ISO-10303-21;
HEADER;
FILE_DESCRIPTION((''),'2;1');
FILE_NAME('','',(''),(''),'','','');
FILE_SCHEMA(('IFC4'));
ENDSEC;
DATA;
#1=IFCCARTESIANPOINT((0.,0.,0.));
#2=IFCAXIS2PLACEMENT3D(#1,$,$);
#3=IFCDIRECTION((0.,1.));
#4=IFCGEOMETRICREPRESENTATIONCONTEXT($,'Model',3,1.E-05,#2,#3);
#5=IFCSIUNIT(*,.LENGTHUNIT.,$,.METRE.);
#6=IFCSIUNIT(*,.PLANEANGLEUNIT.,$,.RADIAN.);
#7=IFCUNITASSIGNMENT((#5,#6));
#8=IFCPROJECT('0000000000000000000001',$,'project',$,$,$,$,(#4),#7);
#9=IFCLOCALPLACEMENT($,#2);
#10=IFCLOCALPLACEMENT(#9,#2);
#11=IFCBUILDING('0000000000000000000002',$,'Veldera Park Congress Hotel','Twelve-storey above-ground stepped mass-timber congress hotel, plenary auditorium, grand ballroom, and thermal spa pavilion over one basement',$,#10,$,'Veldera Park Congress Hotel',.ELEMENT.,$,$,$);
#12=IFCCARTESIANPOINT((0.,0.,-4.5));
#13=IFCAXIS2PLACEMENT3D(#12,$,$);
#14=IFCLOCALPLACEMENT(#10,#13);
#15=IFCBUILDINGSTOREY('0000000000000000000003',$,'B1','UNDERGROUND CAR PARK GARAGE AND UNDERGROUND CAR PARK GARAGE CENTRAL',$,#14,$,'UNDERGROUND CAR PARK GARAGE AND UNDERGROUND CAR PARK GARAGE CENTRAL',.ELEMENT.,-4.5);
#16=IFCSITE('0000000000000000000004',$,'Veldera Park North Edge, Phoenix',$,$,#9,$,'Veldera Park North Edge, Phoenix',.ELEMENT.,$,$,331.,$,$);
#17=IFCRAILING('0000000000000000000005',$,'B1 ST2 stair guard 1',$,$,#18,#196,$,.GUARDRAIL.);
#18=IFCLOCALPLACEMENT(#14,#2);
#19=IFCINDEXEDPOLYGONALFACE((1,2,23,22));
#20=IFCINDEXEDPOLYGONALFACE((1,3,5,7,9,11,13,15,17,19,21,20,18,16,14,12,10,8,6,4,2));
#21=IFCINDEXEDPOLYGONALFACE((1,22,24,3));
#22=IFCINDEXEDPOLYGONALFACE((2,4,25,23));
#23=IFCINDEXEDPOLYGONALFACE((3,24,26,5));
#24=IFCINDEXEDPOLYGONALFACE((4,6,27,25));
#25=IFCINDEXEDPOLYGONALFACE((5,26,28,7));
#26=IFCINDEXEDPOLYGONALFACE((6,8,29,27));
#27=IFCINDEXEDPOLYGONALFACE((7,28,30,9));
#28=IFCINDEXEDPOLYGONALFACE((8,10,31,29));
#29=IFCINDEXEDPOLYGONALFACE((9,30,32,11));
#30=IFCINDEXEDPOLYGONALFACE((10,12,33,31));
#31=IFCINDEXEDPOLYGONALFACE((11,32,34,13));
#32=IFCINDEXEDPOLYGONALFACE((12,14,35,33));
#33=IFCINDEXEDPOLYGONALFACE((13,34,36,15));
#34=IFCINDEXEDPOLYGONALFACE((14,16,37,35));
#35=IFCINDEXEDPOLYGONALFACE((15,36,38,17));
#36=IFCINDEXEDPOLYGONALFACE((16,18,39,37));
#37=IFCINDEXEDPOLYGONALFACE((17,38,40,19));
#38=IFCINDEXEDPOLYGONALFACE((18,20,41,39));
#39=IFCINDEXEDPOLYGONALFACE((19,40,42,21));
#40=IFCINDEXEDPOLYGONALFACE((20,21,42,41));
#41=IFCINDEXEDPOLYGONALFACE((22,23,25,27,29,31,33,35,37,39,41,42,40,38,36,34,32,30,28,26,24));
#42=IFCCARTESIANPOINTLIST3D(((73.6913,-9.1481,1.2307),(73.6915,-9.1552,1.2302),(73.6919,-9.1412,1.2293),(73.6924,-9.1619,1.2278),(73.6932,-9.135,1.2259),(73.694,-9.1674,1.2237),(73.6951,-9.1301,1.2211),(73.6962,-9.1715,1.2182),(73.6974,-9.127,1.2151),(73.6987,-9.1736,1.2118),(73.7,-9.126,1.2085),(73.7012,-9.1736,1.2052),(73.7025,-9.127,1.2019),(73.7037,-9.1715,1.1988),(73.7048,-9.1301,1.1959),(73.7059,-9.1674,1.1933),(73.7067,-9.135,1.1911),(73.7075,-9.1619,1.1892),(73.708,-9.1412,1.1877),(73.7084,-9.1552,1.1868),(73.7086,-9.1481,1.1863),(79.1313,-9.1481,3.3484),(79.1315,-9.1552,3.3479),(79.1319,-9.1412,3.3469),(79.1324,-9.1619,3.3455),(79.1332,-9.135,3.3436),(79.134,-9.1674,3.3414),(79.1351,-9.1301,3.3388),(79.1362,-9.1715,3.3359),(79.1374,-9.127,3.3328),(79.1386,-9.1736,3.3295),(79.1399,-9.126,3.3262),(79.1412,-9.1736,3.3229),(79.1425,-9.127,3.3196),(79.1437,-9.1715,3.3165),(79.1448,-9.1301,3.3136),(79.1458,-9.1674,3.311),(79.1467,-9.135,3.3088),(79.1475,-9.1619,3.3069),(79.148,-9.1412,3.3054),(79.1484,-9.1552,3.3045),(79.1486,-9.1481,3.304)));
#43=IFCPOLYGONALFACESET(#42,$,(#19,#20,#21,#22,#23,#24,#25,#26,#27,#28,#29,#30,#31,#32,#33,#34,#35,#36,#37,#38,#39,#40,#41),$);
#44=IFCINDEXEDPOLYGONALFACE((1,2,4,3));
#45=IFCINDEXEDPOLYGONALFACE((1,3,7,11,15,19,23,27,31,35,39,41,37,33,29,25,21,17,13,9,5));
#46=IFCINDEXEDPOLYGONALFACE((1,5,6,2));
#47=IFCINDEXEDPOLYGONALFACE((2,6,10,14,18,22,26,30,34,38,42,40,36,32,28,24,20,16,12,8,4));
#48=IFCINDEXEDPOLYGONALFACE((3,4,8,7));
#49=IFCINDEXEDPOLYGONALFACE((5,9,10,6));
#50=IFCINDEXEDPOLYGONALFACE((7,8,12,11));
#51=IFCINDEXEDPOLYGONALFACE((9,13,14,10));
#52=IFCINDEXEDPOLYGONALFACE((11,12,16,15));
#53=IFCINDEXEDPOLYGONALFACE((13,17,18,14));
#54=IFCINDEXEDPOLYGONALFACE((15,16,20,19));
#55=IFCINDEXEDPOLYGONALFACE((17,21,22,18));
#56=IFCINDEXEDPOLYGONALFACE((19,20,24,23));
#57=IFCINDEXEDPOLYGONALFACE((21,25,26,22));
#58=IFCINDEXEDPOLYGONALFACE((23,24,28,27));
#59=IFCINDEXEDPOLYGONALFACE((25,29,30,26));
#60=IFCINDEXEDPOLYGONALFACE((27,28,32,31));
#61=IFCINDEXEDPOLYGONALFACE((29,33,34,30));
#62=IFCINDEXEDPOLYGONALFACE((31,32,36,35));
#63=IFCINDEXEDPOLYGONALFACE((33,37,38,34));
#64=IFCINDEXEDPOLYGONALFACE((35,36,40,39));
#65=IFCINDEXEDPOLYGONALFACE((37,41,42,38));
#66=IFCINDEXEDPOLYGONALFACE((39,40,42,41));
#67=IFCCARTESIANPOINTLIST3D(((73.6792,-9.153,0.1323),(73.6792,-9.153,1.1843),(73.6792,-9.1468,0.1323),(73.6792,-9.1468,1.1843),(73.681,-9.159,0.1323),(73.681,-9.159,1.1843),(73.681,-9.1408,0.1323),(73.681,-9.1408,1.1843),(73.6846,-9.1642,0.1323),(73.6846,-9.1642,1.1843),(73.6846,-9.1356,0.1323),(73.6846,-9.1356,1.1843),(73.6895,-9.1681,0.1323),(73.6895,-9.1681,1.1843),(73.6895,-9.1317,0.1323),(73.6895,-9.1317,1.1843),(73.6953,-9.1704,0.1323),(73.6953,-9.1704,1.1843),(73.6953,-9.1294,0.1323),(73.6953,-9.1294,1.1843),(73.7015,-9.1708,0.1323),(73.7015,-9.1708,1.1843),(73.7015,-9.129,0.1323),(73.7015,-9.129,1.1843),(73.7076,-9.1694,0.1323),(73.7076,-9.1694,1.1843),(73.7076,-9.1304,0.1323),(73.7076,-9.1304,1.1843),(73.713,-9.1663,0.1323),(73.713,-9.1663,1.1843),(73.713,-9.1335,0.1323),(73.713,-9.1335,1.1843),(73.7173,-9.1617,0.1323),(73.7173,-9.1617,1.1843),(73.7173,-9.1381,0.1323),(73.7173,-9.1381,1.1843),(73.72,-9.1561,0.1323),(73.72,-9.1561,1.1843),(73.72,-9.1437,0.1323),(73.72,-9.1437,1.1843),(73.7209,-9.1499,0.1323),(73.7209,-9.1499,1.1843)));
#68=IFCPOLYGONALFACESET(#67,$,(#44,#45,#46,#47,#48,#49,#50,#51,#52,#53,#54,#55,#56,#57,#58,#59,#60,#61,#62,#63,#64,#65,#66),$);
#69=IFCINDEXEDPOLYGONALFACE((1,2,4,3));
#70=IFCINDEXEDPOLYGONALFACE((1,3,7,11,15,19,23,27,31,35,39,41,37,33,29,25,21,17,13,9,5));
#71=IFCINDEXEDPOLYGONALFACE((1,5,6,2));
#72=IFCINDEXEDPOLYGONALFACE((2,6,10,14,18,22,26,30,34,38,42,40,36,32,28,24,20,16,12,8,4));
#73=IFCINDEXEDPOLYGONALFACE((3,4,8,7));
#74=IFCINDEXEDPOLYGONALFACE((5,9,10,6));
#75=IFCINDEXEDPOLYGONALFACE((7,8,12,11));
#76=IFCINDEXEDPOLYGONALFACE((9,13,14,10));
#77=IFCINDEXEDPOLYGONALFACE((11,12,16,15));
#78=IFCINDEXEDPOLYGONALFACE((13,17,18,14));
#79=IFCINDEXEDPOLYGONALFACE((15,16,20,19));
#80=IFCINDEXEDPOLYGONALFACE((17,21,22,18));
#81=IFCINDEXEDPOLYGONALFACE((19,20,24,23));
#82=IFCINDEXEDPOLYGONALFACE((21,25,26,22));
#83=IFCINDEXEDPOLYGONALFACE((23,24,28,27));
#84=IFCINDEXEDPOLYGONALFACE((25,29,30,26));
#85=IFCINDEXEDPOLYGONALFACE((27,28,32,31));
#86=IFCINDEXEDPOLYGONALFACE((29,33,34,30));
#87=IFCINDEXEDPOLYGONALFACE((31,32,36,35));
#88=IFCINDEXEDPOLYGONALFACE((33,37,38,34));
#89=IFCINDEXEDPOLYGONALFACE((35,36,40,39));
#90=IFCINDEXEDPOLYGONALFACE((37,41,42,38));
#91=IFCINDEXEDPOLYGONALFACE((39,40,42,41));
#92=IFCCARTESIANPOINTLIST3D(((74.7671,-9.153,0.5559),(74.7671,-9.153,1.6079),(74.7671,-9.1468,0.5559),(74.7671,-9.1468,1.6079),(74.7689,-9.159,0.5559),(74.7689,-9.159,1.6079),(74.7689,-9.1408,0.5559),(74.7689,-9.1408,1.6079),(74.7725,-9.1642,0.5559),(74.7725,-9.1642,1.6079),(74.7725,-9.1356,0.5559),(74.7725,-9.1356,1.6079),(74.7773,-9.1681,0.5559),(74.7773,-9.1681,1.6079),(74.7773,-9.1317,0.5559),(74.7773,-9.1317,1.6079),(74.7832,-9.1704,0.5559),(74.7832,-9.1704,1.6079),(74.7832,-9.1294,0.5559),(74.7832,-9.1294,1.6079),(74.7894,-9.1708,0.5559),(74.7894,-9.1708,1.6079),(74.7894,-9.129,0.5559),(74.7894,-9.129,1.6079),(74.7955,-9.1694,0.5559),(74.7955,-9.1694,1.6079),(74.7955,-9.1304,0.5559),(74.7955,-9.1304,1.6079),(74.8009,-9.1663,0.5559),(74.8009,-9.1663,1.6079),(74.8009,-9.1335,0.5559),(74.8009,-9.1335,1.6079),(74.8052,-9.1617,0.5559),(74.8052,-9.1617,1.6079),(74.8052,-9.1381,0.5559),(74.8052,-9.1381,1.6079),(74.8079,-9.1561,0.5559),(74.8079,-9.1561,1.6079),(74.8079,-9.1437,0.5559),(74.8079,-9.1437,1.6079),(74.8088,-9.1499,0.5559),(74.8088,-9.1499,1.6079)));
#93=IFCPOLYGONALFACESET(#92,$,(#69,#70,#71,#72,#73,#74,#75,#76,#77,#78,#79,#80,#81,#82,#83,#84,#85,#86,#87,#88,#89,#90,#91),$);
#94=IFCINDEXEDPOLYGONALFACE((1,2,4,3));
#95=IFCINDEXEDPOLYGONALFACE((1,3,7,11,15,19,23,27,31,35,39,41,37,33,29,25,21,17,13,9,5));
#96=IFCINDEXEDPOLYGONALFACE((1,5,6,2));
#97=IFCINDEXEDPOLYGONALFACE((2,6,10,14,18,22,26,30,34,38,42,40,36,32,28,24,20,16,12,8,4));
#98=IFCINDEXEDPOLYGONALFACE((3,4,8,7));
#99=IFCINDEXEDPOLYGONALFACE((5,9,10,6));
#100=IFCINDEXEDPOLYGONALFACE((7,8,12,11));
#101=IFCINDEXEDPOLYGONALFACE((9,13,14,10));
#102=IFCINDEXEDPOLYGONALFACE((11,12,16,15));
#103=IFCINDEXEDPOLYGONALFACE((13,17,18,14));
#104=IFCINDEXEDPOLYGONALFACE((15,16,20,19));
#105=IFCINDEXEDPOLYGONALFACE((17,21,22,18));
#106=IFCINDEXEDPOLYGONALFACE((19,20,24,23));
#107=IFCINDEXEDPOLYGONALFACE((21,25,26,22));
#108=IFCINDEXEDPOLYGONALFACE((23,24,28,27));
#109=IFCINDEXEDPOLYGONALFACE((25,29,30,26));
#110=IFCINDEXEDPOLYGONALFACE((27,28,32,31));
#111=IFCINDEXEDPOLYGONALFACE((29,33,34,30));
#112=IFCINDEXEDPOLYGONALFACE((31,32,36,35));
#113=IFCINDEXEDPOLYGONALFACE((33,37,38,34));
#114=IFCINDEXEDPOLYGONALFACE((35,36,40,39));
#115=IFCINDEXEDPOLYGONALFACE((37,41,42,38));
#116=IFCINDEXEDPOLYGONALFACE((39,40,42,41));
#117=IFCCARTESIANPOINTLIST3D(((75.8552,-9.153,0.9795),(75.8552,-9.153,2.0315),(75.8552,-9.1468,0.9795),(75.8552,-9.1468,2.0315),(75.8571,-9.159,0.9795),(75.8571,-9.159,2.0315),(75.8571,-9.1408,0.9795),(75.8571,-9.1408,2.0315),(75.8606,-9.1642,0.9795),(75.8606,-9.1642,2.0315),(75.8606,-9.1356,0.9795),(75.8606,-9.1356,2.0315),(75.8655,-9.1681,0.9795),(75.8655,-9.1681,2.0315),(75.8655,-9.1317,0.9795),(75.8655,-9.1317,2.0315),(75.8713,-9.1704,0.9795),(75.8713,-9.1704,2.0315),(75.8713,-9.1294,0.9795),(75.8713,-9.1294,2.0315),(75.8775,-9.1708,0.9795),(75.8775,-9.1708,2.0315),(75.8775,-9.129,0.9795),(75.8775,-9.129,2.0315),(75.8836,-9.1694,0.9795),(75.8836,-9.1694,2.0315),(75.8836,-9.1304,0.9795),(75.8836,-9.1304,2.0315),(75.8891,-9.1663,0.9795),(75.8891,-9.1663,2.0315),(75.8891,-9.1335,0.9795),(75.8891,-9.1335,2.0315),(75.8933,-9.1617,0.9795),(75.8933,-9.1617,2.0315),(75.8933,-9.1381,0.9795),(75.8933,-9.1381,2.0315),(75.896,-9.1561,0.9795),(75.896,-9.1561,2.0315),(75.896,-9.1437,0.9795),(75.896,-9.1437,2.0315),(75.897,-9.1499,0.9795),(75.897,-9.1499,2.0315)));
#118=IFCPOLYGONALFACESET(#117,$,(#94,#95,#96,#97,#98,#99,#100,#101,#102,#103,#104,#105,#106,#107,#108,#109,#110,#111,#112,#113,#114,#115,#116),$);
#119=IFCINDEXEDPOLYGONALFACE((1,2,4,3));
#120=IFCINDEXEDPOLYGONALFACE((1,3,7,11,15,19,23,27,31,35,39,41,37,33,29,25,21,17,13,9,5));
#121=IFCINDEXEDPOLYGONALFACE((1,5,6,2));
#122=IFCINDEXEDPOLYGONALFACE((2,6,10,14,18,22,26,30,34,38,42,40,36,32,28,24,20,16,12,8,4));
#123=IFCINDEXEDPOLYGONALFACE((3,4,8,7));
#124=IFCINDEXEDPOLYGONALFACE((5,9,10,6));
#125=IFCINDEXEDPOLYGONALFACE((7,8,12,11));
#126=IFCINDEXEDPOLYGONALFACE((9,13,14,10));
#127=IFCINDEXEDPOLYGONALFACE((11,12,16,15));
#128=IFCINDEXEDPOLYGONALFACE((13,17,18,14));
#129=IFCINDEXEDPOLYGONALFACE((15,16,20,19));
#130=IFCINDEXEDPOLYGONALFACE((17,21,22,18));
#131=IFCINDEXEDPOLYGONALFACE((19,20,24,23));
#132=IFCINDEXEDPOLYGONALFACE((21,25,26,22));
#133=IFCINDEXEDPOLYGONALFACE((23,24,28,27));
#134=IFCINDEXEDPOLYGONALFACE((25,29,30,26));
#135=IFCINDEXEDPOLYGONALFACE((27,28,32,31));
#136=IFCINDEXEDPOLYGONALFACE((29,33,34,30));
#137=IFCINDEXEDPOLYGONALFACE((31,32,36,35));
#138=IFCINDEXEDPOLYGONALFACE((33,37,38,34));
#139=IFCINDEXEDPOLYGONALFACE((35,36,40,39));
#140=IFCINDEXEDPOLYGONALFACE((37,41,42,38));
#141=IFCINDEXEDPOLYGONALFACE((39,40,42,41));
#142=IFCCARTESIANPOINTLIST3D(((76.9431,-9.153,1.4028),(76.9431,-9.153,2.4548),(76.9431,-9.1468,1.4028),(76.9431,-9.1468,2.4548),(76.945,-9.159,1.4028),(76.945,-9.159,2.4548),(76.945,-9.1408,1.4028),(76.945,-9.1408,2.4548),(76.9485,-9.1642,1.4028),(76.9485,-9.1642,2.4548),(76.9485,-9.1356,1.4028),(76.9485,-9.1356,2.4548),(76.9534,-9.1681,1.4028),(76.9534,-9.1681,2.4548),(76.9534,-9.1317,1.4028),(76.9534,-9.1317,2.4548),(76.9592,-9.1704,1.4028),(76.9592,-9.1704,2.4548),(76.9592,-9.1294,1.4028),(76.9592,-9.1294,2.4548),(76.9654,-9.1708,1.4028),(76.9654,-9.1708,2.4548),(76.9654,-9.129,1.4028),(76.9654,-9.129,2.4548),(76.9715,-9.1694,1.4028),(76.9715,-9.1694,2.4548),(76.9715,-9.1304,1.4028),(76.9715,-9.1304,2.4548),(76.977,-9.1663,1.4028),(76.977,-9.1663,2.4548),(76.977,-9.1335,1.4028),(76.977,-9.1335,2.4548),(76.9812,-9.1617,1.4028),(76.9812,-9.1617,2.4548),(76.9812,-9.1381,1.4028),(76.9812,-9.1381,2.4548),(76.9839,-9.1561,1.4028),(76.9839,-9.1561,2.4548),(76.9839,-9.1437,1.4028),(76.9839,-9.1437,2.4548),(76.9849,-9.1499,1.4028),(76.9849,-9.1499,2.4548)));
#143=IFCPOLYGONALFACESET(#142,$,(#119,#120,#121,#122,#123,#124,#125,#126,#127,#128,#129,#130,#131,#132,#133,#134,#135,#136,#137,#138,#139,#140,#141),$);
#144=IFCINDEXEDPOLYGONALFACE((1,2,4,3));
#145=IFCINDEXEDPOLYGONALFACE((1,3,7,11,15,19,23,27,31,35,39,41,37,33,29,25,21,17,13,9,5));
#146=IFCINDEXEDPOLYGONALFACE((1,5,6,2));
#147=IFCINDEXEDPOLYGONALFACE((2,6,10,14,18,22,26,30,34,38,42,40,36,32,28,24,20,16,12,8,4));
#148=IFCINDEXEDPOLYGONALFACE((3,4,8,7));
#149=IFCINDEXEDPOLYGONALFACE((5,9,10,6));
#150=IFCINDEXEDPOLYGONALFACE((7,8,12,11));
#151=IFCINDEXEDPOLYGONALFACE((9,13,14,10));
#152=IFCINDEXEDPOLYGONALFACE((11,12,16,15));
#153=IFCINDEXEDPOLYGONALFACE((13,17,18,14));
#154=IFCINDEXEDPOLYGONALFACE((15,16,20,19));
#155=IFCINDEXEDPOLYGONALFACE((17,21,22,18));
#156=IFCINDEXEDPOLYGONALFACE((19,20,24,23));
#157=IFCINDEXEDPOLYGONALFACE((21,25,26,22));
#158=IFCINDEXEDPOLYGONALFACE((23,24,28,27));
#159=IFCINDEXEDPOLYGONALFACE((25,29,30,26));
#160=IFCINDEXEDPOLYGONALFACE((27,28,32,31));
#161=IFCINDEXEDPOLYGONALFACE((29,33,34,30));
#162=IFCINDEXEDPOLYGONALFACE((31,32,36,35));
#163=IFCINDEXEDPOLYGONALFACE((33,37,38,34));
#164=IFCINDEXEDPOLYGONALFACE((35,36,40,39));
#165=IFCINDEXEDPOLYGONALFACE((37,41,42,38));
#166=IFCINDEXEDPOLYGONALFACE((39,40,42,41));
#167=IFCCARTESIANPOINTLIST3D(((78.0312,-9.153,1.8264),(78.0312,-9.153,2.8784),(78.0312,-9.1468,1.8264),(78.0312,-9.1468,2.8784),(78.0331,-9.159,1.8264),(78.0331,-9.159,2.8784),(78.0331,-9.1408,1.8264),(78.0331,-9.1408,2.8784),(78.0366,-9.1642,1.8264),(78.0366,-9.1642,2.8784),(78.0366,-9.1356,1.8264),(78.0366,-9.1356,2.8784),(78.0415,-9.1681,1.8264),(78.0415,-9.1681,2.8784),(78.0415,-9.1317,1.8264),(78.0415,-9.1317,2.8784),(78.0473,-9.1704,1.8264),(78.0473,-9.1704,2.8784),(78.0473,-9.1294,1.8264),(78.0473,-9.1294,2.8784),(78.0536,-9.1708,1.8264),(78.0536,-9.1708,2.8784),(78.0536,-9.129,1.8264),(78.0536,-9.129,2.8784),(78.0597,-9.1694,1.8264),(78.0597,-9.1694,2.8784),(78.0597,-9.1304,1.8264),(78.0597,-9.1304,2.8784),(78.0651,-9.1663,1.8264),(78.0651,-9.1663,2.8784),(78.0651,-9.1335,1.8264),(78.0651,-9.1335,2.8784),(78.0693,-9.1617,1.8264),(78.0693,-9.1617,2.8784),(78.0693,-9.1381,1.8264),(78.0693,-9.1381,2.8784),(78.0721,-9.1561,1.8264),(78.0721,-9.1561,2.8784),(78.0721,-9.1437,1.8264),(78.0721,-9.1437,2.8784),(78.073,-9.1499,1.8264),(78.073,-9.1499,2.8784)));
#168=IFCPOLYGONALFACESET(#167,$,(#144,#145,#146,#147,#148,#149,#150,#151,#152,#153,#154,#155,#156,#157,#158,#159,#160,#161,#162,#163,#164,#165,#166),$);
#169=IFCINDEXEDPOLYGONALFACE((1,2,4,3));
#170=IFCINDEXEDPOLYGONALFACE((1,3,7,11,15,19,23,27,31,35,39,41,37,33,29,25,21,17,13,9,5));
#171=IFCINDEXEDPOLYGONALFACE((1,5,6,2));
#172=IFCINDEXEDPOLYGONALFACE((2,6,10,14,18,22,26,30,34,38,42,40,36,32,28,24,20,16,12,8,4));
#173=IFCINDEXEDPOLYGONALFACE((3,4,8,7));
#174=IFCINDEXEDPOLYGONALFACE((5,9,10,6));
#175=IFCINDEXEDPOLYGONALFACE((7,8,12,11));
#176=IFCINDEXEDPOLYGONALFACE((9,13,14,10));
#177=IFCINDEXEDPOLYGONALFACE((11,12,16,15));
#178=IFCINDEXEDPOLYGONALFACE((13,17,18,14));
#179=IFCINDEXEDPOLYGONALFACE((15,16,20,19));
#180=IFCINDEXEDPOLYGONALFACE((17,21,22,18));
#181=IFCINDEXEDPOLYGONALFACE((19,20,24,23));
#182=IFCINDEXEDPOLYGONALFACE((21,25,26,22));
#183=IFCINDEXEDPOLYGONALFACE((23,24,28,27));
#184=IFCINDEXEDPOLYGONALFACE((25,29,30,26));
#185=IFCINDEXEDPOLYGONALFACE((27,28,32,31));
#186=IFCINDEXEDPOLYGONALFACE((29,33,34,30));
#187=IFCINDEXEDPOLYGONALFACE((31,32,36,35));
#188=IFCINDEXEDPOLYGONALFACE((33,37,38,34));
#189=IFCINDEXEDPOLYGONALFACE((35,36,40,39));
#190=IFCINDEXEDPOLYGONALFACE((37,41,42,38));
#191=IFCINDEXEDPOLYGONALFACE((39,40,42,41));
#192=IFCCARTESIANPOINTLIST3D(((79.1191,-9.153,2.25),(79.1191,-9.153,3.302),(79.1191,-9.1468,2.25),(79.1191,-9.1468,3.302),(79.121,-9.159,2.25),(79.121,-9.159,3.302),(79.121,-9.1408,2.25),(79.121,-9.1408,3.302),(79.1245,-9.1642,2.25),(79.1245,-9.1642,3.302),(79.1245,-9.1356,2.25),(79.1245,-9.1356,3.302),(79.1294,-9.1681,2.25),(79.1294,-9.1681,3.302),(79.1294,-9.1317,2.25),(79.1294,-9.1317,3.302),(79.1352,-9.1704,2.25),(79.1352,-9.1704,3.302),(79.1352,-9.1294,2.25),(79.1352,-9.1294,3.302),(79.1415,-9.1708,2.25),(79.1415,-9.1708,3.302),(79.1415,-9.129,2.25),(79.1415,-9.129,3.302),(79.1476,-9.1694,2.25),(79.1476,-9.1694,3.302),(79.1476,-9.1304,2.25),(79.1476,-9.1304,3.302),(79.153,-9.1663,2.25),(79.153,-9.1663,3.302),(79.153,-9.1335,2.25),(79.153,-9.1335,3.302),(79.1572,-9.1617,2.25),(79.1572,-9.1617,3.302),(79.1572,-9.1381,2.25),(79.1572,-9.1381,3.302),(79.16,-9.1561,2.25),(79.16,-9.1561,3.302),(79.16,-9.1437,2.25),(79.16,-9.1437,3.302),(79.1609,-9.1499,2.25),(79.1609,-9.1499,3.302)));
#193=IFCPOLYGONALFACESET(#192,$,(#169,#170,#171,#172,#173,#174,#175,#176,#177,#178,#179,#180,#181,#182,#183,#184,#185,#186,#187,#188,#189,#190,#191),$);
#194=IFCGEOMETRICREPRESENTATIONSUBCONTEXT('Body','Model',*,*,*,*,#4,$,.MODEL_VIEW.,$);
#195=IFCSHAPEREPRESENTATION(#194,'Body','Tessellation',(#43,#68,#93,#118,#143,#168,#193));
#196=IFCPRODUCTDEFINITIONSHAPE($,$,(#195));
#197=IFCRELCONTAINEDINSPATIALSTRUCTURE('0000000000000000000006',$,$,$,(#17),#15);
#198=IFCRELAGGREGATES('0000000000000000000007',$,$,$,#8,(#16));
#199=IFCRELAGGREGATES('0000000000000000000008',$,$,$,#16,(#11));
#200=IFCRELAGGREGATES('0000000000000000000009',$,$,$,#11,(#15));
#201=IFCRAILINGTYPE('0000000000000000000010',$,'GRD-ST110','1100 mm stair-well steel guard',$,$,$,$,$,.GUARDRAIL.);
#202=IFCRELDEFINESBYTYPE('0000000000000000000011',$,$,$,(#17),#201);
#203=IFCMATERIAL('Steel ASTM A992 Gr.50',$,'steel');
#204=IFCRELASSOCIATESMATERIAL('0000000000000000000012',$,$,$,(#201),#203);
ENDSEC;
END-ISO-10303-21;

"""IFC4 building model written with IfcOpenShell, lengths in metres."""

from ifc_helpers import new_model, si_unit, direction, frame, origin, origin_2d, place, context, subcontext, project, spatial, circle, extrude, material, type_object, element, save


model = new_model("IFC4")

# Units and contexts
model_context = context("Model", 3, precision=1e-05, world=origin(), true_north=direction((0.0, 1.0)))
body_context = subcontext(model_context, "Body", "Model", "MODEL_VIEW")
ifc_project = project(units=[si_unit("LENGTHUNIT", "METRE"), si_unit("PLANEANGLEUNIT", "RADIAN")], contexts=[model_context])

# Site, building, storey
site_placement = place(None, origin())
site = spatial("IfcSite", under=ifc_project, at=site_placement, Name="Veldera Park North Edge, Phoenix", LongName="Veldera Park North Edge, Phoenix", CompositionType="ELEMENT", RefElevation=331.0)
building_placement = place(site_placement, origin())
building = spatial("IfcBuilding", under=site, at=building_placement, Name="Veldera Park Congress Hotel", Description="Twelve-storey above-ground stepped mass-timber congress hotel, plenary auditorium, grand ballroom, and thermal spa pavilion over one basement", LongName="Veldera Park Congress Hotel", CompositionType="ELEMENT")
storey_placement = place(building_placement, frame((0.0, 0.0, -4.5)))
storey = spatial("IfcBuildingStorey", under=building, at=storey_placement, Name="B1", Description="UNDERGROUND CAR PARK GARAGE AND UNDERGROUND CAR PARK GARAGE CENTRAL", LongName="UNDERGROUND CAR PARK GARAGE AND UNDERGROUND CAR PARK GARAGE CENTRAL", CompositionType="ELEMENT", Elevation=-4.5)

# Railing
ifc_material_1 = material(Name="Steel ASTM A992 Gr.50", Category="steel")
railing_type = type_object("IfcRailingType", Name="GRD-ST110", Description="1100 mm stair-well steel guard", PredefinedType="GUARDRAIL", material=ifc_material_1)
railing_1_placement = place(storey_placement, frame((73.7, -9.1499, 0.1323)))
element("IfcRailing", 1, at=railing_1_placement, inside=storey, type_object=railing_type, Name="B1 ST2 stair guard 1", PredefinedType="GUARDRAIL", context=body_context, shape_type="SweptSolid", body=[
    extrude(circle(Radius=0.0239, at=origin_2d()), frame((0.0, 0.0, 1.0762), z_axis=(0.931881, 0.0, 0.362765), x_axis=(0.0, 1.0, 0.0)), (0.0, 0.0, 1.0), 5.8376),
    extrude(circle(Radius=0.021, at=origin_2d()), origin(), (0.0, 0.0, 1.0), 1.052),
    extrude(circle(Radius=0.021, at=origin_2d()), frame((1.0879, 0.0, 0.4236)), (0.0, 0.0, 1.0), 1.052),
    extrude(circle(Radius=0.021, at=origin_2d()), frame((2.176, 0.0, 0.8472)), (0.0, 0.0, 1.0), 1.052),
    extrude(circle(Radius=0.021, at=origin_2d()), frame((3.2639, 0.0, 1.2705)), (0.0, 0.0, 1.0), 1.052),
    extrude(circle(Radius=0.021, at=origin_2d()), frame((4.3521, 0.0, 1.6941)), (0.0, 0.0, 1.0), 1.052),
    extrude(circle(Radius=0.021, at=origin_2d()), frame((5.4399, 0.0, 2.1177)), (0.0, 0.0, 1.0), 1.052),
])

save(model, "model.ifc")
